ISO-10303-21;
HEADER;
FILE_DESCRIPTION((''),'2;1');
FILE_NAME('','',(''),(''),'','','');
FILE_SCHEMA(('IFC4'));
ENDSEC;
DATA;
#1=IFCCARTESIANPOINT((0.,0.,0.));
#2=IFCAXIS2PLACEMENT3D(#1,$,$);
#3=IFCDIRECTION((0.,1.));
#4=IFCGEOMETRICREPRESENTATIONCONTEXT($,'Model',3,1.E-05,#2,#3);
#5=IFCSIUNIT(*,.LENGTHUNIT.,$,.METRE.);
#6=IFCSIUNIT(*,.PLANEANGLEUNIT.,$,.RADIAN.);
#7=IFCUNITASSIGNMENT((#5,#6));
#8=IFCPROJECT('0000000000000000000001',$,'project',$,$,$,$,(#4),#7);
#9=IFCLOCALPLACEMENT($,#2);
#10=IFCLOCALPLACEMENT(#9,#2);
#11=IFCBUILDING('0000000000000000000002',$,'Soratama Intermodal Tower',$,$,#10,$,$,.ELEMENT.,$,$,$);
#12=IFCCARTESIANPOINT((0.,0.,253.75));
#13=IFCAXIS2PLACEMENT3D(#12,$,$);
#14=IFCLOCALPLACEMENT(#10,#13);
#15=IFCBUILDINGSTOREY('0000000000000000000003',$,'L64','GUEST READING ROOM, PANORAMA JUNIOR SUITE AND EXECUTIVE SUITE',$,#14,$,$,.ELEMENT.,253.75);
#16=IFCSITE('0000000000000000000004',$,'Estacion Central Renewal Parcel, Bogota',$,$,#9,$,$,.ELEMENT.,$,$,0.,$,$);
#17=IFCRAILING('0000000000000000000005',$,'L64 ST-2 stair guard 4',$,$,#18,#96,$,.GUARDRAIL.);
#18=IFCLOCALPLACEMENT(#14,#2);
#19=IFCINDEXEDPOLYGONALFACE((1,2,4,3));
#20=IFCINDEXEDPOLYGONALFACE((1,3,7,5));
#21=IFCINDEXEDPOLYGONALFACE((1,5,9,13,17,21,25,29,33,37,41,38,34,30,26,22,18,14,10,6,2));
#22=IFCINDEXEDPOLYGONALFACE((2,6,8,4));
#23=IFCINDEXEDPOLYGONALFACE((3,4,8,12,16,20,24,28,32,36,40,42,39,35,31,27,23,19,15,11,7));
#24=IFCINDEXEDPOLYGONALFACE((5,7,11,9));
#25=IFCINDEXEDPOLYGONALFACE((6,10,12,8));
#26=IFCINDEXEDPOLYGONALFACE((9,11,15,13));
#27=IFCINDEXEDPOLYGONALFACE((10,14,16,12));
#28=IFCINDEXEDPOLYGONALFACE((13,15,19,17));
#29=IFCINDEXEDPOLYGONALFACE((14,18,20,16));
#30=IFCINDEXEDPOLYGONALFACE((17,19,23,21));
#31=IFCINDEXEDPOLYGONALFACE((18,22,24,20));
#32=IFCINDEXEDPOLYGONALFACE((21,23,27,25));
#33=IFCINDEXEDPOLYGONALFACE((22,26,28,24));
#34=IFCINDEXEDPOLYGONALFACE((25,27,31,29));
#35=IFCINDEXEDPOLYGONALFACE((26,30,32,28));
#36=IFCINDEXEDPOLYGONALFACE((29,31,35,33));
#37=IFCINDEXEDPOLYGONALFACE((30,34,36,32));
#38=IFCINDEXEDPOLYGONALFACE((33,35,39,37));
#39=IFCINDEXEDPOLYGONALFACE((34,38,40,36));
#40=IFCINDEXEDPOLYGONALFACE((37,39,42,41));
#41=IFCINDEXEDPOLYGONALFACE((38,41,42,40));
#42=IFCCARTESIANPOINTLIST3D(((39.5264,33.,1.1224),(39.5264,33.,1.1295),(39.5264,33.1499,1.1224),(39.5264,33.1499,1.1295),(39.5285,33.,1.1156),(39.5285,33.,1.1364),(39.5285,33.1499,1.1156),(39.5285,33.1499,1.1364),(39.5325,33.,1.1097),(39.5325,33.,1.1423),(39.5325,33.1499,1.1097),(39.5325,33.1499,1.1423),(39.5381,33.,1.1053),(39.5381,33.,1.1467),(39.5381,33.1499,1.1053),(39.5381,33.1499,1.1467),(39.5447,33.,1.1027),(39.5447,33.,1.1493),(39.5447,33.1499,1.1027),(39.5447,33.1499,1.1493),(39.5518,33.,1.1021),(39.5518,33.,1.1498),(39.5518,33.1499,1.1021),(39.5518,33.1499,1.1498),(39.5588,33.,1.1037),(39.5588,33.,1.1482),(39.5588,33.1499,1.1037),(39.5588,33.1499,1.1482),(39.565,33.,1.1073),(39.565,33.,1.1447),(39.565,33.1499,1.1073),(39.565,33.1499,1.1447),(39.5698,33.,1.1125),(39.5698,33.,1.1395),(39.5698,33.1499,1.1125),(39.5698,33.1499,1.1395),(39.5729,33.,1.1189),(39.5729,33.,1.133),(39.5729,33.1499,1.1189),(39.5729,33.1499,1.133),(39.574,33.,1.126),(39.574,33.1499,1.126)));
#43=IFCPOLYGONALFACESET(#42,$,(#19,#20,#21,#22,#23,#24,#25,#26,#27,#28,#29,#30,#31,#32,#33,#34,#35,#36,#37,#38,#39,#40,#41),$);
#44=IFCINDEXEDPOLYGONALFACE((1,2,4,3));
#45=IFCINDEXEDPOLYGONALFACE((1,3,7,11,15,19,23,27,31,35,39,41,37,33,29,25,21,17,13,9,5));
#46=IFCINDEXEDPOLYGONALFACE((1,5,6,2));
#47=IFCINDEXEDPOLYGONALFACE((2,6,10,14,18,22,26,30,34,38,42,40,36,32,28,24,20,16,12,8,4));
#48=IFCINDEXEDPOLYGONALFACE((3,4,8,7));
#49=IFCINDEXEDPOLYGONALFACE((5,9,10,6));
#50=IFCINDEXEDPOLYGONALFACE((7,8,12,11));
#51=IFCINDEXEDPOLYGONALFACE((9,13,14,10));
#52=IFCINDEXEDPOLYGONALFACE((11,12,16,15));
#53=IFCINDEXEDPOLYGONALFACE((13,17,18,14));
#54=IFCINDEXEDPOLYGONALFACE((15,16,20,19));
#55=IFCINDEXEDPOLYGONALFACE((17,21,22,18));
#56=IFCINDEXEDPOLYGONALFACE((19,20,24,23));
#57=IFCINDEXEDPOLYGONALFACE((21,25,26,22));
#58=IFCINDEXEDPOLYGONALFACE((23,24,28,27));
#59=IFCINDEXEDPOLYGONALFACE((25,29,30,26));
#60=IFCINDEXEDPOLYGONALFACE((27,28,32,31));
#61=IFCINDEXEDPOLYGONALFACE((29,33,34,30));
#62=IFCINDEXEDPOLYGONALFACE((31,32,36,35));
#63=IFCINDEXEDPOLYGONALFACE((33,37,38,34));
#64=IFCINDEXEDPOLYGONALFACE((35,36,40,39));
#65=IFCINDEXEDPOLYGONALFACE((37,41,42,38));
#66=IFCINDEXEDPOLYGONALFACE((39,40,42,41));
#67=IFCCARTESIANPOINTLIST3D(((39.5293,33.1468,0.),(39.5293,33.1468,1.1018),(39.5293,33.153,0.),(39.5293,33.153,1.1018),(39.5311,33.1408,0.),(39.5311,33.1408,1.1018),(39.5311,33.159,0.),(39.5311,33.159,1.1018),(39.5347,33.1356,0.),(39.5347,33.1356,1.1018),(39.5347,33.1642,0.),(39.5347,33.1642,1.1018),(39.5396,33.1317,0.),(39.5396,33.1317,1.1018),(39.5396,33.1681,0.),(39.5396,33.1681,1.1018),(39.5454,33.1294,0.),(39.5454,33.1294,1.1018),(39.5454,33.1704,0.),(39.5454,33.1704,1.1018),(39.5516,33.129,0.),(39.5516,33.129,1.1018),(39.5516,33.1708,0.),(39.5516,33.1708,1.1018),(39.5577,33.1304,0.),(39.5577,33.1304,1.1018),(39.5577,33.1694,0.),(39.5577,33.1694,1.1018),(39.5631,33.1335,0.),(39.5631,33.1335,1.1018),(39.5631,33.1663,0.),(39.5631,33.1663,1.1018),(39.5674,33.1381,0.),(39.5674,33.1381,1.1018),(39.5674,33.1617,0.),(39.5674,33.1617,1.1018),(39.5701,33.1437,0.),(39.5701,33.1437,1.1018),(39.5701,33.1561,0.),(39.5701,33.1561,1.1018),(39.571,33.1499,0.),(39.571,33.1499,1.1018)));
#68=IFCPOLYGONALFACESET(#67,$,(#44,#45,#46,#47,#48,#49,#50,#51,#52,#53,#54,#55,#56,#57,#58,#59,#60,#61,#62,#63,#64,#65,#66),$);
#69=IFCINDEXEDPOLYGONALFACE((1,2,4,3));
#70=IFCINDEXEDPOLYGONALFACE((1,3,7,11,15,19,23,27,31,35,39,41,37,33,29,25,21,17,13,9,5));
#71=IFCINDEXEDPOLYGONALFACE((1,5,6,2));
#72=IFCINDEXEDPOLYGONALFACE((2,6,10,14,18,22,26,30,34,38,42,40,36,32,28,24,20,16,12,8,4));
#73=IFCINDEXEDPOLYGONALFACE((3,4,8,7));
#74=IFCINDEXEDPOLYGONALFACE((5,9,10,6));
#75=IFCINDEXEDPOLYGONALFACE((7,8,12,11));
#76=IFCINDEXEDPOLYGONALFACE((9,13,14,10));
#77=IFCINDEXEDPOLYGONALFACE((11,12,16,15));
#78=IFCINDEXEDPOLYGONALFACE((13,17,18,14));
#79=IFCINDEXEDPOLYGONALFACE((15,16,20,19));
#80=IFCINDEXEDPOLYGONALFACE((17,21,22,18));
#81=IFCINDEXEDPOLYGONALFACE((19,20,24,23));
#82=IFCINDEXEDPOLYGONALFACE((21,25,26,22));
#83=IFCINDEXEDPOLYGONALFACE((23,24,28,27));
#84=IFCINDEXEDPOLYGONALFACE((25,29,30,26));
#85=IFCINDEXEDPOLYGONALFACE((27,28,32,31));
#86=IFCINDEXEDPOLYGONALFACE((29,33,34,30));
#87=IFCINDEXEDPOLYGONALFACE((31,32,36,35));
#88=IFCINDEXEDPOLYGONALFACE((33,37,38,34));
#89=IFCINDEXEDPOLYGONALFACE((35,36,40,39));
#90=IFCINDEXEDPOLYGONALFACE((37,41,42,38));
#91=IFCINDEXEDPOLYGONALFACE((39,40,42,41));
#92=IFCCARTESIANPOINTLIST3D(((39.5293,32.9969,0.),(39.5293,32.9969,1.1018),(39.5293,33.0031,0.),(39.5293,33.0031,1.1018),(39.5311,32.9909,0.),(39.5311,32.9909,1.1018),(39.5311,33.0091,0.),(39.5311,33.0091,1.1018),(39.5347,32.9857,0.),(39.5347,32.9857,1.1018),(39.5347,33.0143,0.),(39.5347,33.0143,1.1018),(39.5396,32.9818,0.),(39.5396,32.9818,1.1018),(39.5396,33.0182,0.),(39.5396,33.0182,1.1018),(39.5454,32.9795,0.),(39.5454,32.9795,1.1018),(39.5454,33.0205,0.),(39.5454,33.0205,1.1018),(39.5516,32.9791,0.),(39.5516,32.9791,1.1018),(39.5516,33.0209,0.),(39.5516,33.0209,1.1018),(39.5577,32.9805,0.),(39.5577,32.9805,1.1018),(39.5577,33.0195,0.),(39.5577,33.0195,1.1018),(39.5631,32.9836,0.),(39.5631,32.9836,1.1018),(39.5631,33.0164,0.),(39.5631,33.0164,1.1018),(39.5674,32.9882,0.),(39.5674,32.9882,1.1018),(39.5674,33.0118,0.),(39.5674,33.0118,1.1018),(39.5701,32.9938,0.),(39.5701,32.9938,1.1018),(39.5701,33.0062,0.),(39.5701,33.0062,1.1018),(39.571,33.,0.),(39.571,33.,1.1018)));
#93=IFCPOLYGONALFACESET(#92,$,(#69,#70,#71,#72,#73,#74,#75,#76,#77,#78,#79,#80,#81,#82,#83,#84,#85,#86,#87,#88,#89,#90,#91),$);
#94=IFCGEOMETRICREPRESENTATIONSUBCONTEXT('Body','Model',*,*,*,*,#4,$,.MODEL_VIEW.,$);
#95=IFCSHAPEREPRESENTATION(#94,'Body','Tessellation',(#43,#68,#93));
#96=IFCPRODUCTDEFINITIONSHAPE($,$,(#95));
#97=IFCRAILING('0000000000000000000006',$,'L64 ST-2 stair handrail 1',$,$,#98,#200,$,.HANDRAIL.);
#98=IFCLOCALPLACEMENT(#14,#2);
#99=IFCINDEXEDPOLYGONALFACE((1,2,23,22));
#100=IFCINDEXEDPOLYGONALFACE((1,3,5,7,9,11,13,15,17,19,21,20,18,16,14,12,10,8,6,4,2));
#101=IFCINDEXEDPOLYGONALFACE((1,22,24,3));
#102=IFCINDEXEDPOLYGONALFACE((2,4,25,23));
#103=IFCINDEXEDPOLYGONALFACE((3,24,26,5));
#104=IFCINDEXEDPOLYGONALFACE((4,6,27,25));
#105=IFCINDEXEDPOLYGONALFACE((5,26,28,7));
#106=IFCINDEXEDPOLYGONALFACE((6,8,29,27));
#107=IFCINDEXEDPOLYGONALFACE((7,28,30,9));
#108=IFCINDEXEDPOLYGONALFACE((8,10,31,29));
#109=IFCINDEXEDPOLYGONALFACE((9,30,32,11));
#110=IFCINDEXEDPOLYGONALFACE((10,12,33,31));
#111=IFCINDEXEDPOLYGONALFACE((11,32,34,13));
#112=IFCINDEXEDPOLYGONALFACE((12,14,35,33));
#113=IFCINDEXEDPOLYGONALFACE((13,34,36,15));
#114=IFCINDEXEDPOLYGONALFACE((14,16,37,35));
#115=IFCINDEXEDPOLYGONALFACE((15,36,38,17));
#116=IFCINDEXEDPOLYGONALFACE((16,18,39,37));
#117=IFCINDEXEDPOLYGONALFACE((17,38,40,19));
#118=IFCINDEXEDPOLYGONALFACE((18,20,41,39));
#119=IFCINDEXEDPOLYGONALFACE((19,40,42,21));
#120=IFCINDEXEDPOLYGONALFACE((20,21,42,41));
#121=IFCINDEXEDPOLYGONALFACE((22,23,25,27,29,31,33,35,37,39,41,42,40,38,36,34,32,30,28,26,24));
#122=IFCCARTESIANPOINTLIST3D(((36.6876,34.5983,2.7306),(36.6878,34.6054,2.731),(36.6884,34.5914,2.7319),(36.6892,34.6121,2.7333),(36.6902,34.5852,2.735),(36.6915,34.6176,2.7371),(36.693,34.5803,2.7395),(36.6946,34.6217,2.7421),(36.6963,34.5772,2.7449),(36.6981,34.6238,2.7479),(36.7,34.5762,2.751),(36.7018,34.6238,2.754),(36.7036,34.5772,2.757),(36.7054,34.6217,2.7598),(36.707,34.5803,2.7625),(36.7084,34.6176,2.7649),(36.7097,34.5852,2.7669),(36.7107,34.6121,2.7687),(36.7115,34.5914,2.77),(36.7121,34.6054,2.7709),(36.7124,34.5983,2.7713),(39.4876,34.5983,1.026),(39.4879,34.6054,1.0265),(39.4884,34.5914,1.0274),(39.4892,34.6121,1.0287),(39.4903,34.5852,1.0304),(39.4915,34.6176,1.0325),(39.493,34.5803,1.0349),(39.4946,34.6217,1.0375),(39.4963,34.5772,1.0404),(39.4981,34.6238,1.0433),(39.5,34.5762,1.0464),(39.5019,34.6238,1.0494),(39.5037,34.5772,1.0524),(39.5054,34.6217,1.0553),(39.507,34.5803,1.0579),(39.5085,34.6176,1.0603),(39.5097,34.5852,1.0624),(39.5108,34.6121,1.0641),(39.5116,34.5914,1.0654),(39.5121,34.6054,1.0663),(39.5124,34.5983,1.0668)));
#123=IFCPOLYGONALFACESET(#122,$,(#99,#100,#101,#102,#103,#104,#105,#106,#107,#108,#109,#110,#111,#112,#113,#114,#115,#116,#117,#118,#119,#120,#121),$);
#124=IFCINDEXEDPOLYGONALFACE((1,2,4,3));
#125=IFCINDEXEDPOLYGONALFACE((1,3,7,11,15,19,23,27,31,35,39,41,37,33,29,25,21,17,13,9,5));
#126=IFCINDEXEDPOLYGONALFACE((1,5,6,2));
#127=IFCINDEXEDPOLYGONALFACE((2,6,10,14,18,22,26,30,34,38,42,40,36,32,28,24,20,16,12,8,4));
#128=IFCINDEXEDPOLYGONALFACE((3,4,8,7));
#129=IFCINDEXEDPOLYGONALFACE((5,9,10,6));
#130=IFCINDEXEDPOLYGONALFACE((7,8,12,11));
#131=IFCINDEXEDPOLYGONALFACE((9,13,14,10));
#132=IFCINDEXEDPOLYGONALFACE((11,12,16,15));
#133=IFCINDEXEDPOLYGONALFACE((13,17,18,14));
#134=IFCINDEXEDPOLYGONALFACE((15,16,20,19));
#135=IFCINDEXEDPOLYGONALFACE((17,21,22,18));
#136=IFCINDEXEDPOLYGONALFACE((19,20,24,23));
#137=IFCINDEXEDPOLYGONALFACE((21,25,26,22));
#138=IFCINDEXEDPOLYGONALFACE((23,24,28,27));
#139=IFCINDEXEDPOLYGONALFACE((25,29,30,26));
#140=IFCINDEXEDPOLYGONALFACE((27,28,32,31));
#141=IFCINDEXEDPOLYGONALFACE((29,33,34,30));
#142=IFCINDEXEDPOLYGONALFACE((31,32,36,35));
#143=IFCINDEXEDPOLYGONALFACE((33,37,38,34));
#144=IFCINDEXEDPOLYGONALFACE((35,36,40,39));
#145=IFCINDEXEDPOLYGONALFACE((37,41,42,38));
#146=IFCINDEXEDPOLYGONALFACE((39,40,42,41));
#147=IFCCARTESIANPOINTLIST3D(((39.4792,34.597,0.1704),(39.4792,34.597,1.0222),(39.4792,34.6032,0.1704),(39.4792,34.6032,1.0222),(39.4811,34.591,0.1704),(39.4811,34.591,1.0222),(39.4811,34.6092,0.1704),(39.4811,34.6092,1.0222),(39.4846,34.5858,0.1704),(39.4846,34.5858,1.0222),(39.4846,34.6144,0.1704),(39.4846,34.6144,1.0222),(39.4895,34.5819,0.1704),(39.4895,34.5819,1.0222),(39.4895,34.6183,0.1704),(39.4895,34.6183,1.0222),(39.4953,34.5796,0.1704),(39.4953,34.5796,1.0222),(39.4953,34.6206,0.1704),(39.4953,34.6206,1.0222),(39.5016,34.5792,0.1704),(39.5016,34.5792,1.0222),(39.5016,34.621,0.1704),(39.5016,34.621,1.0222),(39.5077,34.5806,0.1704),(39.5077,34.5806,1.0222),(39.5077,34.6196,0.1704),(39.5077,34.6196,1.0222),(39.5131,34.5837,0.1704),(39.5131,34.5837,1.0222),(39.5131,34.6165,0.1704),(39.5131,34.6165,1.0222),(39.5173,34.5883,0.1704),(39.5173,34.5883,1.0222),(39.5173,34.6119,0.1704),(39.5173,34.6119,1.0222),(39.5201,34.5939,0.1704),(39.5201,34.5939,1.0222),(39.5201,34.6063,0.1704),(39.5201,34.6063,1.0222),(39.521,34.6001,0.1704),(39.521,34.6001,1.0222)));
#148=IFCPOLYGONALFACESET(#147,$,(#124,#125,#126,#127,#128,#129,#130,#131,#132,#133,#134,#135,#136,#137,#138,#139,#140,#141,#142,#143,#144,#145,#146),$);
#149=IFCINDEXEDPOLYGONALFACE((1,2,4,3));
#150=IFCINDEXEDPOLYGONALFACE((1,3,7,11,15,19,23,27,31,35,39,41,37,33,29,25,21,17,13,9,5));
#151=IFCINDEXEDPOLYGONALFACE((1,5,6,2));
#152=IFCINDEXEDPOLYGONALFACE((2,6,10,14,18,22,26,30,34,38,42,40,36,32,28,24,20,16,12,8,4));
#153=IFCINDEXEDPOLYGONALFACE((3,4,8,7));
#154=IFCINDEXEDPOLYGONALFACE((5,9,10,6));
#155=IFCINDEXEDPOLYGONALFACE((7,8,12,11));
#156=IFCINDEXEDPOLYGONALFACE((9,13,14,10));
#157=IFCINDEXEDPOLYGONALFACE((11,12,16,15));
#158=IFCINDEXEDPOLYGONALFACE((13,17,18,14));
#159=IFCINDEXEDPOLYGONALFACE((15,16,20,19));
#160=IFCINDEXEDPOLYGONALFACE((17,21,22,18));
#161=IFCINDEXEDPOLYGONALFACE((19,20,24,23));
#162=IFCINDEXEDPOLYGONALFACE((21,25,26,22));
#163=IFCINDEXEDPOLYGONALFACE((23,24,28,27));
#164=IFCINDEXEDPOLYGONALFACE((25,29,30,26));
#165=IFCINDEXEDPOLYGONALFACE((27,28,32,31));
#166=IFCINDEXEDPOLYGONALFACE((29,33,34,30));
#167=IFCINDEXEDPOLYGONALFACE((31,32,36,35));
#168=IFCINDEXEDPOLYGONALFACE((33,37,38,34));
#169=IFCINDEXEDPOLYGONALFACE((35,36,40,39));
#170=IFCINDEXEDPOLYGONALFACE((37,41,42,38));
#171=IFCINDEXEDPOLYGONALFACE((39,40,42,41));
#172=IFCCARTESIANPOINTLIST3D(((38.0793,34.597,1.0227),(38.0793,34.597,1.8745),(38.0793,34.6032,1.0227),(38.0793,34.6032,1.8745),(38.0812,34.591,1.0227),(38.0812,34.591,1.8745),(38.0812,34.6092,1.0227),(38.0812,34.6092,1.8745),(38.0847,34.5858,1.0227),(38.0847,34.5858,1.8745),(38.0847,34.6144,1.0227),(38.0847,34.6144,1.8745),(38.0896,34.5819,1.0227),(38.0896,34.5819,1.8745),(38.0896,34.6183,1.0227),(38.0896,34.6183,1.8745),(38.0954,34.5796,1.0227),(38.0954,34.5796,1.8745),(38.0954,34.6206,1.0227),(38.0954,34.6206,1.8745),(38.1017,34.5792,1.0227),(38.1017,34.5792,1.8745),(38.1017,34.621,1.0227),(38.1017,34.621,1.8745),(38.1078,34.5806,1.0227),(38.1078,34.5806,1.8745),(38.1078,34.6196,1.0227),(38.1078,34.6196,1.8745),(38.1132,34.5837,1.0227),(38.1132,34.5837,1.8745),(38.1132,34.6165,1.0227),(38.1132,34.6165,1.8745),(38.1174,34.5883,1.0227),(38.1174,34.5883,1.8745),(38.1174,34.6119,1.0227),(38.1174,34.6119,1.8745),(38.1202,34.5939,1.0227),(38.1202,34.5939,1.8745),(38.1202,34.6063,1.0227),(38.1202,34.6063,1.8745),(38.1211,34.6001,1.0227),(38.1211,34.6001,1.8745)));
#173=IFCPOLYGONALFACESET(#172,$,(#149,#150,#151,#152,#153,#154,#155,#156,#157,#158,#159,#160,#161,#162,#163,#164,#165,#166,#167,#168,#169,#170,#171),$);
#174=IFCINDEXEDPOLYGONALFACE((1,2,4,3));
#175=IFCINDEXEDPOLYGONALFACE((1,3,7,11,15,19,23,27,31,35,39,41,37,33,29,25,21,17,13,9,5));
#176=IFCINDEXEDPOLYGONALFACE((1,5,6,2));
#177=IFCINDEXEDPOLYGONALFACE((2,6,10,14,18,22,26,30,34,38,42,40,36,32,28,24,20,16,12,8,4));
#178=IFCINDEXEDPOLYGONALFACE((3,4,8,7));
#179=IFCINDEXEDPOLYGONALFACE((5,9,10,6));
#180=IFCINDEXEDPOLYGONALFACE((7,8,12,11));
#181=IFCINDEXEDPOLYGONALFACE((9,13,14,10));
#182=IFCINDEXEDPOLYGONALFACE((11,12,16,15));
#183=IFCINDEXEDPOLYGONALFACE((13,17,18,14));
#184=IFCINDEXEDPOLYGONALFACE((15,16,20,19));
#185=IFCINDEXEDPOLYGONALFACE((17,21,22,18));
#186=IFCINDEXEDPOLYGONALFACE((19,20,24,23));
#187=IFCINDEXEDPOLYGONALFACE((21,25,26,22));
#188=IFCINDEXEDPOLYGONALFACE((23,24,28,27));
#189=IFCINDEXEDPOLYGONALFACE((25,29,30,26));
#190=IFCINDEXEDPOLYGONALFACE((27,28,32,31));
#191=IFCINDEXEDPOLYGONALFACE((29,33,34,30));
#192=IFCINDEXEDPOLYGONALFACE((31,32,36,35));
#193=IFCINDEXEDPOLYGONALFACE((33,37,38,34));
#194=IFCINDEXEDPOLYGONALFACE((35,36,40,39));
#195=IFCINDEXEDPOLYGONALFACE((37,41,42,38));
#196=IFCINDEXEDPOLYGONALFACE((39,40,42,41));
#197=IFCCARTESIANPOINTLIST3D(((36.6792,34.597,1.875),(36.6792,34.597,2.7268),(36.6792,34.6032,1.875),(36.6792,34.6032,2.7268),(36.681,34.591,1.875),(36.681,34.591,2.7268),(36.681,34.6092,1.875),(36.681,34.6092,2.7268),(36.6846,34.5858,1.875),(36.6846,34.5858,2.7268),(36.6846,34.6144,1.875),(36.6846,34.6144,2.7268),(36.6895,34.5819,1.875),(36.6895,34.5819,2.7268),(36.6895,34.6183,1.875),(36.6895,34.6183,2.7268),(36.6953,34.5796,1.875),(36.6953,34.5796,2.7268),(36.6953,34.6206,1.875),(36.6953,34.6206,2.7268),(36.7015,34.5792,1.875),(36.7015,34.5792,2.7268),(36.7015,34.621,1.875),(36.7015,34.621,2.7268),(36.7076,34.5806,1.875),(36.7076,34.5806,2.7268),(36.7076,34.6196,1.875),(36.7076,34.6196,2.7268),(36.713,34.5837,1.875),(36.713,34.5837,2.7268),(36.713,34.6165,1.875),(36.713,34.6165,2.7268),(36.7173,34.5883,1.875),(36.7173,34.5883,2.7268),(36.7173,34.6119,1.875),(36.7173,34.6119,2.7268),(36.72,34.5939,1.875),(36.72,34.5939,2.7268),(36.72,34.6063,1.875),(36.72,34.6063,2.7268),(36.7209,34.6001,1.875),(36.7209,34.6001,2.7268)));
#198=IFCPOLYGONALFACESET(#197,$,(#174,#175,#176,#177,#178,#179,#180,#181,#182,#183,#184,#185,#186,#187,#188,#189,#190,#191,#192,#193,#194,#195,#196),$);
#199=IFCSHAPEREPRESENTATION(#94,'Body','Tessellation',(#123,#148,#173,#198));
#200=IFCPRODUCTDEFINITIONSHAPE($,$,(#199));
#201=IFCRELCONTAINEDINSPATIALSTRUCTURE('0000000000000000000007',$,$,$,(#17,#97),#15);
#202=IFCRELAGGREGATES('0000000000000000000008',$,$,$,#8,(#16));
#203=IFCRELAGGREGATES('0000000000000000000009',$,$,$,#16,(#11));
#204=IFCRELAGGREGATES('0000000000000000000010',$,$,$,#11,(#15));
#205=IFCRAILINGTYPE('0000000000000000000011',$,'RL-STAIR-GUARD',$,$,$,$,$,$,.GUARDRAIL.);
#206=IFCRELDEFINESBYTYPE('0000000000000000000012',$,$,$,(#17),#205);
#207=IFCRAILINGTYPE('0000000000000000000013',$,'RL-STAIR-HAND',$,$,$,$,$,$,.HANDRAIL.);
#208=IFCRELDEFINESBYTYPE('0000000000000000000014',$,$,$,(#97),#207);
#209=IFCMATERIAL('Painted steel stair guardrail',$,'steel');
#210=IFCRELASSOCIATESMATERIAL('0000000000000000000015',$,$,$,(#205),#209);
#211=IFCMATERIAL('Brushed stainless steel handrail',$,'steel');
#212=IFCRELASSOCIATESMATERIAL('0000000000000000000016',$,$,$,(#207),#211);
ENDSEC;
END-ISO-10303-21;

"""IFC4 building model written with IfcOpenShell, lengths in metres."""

from ifc_helpers import new_model, si_unit, direction, frame, origin, origin_2d, place, context, subcontext, project, spatial, circle, extrude, material, type_object, element, save


model = new_model("IFC4")

# Units and contexts
model_context = context("Model", 3, precision=1e-05, world=origin(), true_north=direction((0.0, 1.0)))
body_context = subcontext(model_context, "Body", "Model", "MODEL_VIEW")
ifc_project = project(units=[si_unit("LENGTHUNIT", "METRE"), si_unit("PLANEANGLEUNIT", "RADIAN")], contexts=[model_context])

# Site, building, storey
site_placement = place(None, origin())
site = spatial("IfcSite", under=ifc_project, at=site_placement, Name="Estacion Central Renewal Parcel, Bogota", CompositionType="ELEMENT", RefElevation=0.0)
building_placement = place(site_placement, origin())
building = spatial("IfcBuilding", under=site, at=building_placement, Name="Soratama Intermodal Tower", CompositionType="ELEMENT")
storey_placement = place(building_placement, frame((0.0, 0.0, 253.75)))
storey = spatial("IfcBuildingStorey", under=building, at=storey_placement, Name="L64", Description="GUEST READING ROOM, PANORAMA JUNIOR SUITE AND EXECUTIVE SUITE", CompositionType="ELEMENT", Elevation=253.75)

# Railings
ifc_material_1 = material(Name="Painted steel stair guardrail", Category="steel")
railing_type_1 = type_object("IfcRailingType", Name="RL-STAIR-GUARD", PredefinedType="GUARDRAIL", material=ifc_material_1)
for number, where, name in (
    (1, (39.55, 33.1499, 0.0), "L64 ST-2 stair guard 4"),
):
    element("IfcRailing", number, at=place(storey_placement, frame(where)), inside=storey, type_object=railing_type_1, Name=name, PredefinedType="GUARDRAIL", context=body_context, shape_type="SweptSolid", body=[
        extrude(circle(Radius=0.0239, at=origin_2d()), frame((0.0, 0.0, 1.126), z_axis=(0.0, -1.0, 0.0), x_axis=(1.0, 0.0, 0.0)), (0.0, 0.0, 1.0), 0.1499),
        extrude(circle(Radius=0.021, at=origin_2d()), origin(), (0.0, 0.0, 1.0), 1.1018),
        extrude(circle(Radius=0.021, at=origin_2d()), frame((0.0, -0.1499, 0.0)), (0.0, 0.0, 1.0), 1.1018),
    ])
ifc_material_2 = material(Name="Brushed stainless steel handrail", Category="steel")
railing_type_2 = type_object("IfcRailingType", Name="RL-STAIR-HAND", PredefinedType="HANDRAIL", material=ifc_material_2)
railing_1_placement = place(storey_placement, frame((39.5, 34.6001, 0.1704)))
element("IfcRailing", 2, at=railing_1_placement, inside=storey, type_object=railing_type_2, Name="L64 ST-2 stair handrail 1", PredefinedType="HANDRAIL", context=body_context, shape_type="SweptSolid", body=[
    extrude(circle(Radius=0.0239, at=origin_2d()), frame((0.0, 0.0, 0.876), z_axis=(-0.85417, 0.0, 0.519994), x_axis=(0.0, -1.0, 0.0)), (0.0, 0.0, 1.0), 3.2781),
    extrude(circle(Radius=0.021, at=origin_2d()), origin(), (0.0, 0.0, 1.0), 0.8518),
    extrude(circle(Radius=0.021, at=origin_2d()), frame((-1.3999, 0.0, 0.8523)), (0.0, 0.0, 1.0), 0.8518),
    extrude(circle(Radius=0.021, at=origin_2d()), frame((-2.8, 0.0, 1.7046)), (0.0, 0.0, 1.0), 0.8518),
])

save(model, "model.ifc")
